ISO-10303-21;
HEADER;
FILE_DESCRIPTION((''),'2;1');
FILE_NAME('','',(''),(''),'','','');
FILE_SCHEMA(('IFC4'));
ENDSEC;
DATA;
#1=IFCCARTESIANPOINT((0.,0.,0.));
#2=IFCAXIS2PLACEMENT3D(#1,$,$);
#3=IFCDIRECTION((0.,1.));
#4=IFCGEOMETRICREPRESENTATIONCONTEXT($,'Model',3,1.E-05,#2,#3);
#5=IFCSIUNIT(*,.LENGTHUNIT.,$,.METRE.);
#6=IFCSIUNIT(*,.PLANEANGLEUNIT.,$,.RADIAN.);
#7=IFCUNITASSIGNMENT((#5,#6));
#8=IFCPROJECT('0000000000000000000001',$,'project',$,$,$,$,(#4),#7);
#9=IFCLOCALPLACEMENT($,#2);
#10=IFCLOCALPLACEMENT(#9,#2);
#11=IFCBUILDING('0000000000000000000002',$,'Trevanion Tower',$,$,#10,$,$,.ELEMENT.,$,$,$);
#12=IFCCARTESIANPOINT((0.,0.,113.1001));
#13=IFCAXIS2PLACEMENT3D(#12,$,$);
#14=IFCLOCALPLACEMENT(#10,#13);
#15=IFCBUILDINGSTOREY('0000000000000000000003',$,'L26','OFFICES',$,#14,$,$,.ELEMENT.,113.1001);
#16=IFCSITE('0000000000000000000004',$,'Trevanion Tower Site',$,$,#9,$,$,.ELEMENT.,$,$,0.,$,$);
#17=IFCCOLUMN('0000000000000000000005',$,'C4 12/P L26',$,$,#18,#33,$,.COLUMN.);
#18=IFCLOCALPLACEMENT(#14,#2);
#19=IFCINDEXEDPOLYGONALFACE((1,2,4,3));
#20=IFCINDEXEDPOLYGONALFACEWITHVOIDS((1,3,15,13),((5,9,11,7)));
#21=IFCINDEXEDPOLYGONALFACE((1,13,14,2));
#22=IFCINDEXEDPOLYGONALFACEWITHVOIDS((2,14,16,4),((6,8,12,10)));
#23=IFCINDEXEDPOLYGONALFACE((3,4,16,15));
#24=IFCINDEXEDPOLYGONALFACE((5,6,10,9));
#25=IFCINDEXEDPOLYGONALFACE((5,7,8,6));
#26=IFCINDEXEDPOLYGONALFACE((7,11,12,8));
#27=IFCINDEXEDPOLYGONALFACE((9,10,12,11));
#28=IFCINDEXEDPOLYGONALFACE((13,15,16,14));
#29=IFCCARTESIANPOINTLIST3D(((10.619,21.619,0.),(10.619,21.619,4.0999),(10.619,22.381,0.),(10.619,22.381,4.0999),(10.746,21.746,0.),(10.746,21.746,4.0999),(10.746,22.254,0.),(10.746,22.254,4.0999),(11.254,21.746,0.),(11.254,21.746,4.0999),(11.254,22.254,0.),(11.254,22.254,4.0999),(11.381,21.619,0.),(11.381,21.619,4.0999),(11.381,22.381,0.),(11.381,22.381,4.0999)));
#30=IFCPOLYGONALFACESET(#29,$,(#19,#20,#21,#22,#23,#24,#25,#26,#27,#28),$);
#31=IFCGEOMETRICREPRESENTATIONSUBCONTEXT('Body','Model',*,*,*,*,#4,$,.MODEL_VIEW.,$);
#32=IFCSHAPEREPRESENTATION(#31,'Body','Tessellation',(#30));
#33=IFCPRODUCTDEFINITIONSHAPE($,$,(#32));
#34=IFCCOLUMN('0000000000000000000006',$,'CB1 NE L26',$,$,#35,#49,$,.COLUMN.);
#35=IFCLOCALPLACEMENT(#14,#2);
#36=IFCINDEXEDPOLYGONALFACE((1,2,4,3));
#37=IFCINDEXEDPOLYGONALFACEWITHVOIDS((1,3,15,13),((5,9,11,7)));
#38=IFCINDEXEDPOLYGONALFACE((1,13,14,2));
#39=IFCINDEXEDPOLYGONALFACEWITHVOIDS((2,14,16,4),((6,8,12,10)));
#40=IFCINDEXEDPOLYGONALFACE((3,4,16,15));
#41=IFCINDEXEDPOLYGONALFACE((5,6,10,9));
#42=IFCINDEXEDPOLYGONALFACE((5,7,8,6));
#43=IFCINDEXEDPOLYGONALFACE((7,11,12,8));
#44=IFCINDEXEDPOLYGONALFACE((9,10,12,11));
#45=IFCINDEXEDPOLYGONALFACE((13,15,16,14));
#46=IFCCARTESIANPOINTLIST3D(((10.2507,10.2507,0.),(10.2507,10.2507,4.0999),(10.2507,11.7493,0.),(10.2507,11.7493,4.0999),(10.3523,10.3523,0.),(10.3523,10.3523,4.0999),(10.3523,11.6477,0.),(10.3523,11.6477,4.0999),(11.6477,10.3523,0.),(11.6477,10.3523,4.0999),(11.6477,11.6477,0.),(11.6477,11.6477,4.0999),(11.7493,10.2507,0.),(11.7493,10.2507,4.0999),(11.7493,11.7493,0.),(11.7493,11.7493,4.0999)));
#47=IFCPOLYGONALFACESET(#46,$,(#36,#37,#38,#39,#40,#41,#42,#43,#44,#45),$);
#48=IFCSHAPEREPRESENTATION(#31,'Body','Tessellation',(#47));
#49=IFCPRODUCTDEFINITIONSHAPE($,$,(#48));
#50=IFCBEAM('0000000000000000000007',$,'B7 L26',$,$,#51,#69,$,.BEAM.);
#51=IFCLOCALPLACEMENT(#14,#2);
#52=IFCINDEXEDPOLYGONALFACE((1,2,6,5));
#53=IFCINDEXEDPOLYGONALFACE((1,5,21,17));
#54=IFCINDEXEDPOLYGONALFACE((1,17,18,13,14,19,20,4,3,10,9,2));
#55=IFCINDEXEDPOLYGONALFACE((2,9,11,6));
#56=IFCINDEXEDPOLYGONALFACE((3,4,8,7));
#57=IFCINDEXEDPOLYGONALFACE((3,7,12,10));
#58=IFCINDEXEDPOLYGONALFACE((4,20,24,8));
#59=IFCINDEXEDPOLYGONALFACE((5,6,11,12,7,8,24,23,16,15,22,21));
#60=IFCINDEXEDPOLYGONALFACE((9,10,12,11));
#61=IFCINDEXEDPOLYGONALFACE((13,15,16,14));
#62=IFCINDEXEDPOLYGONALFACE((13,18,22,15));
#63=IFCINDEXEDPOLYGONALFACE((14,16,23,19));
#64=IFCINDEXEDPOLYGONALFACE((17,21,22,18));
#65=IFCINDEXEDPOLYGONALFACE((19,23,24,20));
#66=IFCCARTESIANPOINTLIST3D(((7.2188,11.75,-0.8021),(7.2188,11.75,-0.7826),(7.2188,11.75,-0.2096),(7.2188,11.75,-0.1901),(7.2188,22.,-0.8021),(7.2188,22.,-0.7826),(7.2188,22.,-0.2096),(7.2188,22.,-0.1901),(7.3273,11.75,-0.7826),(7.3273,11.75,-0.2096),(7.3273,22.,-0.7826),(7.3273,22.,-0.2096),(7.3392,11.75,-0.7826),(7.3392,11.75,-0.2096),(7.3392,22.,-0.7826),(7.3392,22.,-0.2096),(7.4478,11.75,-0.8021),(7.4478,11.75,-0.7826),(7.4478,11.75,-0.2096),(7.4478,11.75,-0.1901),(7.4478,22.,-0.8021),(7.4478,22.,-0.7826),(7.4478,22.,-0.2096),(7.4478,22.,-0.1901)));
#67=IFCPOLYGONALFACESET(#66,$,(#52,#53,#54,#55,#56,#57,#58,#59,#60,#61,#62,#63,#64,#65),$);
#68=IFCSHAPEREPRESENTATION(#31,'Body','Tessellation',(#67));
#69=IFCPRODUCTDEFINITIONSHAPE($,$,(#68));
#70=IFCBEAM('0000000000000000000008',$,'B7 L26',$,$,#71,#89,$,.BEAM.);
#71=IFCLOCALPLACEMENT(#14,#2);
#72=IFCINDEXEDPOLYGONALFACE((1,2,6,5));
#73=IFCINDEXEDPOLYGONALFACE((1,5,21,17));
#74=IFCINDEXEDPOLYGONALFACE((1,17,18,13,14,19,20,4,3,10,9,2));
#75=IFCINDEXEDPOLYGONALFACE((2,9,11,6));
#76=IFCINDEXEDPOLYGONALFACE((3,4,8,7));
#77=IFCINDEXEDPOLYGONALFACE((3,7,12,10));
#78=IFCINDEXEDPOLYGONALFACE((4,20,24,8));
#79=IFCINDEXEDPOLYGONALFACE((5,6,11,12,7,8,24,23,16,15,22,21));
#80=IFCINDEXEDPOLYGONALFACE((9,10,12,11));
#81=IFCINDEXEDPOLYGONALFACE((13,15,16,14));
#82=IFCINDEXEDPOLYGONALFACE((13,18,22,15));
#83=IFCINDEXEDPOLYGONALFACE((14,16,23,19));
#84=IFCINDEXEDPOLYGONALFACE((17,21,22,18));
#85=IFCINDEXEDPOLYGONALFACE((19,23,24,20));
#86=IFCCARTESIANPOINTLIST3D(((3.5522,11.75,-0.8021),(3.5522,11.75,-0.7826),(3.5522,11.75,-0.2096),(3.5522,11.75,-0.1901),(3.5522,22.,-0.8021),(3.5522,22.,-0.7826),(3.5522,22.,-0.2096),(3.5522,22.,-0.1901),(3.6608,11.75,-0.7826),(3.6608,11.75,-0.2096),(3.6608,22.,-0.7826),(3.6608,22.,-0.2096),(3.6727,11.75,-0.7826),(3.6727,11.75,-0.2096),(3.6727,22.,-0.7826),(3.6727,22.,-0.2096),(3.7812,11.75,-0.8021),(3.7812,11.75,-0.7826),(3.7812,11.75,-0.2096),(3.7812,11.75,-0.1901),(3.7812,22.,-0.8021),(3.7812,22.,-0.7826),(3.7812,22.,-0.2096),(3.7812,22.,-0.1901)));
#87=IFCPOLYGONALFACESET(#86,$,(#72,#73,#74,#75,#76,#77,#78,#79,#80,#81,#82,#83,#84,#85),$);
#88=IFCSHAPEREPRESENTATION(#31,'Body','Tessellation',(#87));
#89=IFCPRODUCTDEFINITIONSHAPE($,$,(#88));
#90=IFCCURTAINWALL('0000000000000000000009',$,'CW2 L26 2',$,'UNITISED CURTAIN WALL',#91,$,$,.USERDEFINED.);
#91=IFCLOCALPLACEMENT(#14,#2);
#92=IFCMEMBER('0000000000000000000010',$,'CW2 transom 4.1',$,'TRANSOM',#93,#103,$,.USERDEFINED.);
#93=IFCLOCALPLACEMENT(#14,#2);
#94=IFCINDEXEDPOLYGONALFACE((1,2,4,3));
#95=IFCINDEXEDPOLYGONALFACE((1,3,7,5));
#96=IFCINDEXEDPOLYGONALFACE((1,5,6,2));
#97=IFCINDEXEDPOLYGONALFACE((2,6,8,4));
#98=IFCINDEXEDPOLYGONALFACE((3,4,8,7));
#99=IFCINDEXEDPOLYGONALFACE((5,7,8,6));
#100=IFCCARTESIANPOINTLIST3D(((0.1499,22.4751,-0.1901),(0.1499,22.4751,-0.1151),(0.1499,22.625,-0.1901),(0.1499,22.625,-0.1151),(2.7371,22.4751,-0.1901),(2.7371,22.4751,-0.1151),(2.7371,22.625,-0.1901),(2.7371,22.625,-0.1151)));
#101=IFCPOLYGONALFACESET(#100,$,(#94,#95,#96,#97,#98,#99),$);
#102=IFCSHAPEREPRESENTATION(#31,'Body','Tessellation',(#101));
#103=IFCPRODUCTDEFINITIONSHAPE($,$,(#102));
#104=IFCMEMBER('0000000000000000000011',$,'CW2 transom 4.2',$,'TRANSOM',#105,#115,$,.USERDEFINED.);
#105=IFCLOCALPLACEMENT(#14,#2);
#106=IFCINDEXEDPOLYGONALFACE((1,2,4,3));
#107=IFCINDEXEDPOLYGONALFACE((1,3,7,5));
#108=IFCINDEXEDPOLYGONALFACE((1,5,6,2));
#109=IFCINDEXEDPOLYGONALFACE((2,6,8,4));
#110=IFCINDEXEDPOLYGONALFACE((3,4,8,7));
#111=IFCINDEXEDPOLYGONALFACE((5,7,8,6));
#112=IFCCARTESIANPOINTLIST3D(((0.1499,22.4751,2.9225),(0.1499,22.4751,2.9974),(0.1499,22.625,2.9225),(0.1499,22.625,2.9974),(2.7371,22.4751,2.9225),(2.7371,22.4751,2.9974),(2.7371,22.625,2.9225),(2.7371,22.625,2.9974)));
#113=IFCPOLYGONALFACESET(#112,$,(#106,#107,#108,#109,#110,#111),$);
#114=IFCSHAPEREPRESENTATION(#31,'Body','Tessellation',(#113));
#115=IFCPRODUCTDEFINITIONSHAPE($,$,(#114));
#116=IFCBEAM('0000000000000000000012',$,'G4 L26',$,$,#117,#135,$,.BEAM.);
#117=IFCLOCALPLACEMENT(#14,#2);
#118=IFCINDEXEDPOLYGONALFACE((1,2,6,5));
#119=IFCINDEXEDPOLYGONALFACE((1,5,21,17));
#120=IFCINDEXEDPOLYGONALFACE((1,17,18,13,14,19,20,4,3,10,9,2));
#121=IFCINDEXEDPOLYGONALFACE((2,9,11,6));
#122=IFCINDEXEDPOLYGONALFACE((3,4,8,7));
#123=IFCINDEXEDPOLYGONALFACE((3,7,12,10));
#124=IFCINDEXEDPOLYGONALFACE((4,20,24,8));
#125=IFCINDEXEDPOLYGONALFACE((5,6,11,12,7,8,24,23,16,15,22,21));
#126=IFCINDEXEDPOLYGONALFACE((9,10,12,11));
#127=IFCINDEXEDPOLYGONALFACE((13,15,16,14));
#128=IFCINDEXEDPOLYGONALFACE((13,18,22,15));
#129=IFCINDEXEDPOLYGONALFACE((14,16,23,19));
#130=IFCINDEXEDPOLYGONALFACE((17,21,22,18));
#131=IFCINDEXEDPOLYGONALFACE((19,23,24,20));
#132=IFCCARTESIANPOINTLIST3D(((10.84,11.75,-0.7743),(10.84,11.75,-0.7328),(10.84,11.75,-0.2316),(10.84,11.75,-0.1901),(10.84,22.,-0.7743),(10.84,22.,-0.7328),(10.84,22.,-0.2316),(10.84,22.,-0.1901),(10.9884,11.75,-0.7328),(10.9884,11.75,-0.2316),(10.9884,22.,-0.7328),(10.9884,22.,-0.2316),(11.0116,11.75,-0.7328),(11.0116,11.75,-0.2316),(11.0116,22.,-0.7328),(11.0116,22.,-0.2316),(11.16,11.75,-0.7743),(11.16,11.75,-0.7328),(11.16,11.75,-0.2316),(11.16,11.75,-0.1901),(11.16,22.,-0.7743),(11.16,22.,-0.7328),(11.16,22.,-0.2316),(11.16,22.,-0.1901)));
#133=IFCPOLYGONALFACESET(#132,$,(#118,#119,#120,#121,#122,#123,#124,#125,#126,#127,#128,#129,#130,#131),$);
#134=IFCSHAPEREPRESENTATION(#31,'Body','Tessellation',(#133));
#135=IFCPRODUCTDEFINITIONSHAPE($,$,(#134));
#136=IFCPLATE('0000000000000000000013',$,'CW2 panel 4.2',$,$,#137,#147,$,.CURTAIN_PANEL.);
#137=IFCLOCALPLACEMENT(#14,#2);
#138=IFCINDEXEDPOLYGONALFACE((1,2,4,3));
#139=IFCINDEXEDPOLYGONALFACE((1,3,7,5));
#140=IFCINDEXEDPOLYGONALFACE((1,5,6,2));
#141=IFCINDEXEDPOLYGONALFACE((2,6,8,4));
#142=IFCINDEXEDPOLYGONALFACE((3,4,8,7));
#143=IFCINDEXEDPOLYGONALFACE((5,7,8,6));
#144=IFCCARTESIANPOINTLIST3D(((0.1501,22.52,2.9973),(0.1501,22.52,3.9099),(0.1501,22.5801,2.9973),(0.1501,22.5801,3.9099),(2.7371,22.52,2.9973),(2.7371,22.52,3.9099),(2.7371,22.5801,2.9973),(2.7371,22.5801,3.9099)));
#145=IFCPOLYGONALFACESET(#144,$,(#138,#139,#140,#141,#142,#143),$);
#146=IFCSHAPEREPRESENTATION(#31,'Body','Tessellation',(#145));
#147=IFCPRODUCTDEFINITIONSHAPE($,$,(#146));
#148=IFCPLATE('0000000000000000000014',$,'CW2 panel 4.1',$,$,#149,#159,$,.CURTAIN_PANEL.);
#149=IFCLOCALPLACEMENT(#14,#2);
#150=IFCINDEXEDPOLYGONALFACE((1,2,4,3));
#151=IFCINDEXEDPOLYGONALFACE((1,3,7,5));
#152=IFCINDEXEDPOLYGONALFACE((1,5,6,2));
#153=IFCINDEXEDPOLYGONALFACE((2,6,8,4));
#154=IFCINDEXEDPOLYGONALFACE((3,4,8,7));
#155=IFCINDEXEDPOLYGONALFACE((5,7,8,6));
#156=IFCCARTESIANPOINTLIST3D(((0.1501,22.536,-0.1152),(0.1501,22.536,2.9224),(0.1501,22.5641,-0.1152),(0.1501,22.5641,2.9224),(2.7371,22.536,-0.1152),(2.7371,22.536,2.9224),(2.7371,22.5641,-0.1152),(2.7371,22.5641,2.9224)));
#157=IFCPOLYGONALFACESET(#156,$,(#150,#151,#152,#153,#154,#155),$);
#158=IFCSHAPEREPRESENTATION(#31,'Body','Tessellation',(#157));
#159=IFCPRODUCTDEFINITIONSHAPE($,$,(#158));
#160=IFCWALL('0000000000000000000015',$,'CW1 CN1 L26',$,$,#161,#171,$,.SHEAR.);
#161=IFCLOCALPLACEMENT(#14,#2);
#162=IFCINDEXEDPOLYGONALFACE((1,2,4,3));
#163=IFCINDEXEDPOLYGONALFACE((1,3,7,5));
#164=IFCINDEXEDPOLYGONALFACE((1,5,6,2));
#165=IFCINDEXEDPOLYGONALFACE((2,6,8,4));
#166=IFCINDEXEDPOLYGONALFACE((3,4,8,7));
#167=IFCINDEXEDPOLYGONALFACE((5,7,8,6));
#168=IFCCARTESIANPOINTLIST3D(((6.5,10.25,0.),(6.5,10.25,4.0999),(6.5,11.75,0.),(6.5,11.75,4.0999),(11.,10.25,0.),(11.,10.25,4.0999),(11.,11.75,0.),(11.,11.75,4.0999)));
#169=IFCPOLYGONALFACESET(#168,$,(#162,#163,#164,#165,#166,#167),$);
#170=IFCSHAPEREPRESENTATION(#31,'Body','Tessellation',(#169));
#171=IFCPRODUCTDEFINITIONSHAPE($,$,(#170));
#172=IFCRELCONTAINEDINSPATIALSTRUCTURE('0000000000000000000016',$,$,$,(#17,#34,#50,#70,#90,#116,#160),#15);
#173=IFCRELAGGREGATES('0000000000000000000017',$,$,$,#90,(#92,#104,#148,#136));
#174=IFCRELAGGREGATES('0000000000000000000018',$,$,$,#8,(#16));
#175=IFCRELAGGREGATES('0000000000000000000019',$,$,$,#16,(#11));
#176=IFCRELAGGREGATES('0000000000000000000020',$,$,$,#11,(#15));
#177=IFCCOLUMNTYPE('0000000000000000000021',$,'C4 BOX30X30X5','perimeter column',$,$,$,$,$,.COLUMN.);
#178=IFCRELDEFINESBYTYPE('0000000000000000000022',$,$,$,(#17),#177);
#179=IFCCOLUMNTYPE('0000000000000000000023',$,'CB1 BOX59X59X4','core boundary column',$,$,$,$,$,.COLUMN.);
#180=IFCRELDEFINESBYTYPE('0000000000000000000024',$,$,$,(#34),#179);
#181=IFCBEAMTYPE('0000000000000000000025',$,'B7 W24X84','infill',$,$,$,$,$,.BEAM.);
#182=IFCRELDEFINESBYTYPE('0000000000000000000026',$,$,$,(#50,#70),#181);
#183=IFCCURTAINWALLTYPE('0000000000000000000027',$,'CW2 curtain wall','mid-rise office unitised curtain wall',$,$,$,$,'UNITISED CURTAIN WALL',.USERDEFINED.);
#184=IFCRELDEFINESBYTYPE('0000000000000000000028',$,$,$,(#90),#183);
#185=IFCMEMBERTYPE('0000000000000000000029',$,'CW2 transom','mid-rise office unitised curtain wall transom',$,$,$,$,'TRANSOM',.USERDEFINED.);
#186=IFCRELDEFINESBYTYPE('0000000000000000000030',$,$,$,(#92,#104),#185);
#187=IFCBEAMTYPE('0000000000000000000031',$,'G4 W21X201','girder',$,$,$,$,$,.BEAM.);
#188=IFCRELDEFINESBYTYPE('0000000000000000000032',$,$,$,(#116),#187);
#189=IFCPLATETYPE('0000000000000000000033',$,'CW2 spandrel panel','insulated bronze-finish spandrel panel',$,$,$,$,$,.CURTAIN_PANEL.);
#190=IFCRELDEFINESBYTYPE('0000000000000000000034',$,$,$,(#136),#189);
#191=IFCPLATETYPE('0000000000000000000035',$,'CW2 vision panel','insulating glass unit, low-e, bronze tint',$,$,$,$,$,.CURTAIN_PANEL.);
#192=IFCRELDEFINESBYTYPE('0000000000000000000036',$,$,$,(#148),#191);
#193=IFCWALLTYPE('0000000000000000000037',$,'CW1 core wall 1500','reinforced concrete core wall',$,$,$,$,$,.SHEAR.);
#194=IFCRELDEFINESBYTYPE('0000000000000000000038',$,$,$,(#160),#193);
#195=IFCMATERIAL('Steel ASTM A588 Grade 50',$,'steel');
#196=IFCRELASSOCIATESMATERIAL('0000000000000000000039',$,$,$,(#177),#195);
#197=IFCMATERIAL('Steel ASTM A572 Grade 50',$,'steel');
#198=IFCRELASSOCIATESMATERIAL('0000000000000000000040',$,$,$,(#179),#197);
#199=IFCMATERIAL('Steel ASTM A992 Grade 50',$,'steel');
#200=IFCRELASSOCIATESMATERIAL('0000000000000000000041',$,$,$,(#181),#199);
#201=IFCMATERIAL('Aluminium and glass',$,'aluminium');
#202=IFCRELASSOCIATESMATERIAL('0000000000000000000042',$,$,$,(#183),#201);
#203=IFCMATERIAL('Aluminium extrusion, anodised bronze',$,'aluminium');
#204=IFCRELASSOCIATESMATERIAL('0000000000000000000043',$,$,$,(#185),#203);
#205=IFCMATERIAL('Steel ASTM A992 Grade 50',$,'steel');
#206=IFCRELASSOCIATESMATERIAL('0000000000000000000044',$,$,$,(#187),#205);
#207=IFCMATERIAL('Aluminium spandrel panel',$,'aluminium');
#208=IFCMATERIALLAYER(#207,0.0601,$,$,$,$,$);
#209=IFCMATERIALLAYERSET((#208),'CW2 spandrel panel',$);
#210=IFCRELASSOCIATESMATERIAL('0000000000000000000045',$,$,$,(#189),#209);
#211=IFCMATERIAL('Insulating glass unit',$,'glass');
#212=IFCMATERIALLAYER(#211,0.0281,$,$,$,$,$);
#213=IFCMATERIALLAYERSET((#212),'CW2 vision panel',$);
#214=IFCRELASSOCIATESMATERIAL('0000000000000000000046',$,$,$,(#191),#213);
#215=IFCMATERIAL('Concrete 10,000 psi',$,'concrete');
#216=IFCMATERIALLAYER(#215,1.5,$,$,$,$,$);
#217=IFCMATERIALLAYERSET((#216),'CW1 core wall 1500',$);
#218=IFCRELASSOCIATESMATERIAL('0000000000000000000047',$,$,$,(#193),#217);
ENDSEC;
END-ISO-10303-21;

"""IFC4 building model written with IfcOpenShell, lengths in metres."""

from ifc_helpers import new_model, si_unit, direction, frame, frame_2d, origin, origin_2d, place, context, subcontext, project, spatial, rectangle, hollow_rectangle, i_section, extrude, material, layer, layer_set, material_profile, profile_set, type_object, element, aggregate, save


model = new_model("IFC4")

# Units and contexts
model_context = context("Model", 3, precision=1e-05, world=origin(), true_north=direction((0.0, 1.0)))
body_context = subcontext(model_context, "Body", "Model", "MODEL_VIEW")
ifc_project = project(units=[si_unit("LENGTHUNIT", "METRE"), si_unit("PLANEANGLEUNIT", "RADIAN")], contexts=[model_context])

# Site, building, storey
site_placement = place(None, origin())
site = spatial("IfcSite", under=ifc_project, at=site_placement, Name="Trevanion Tower Site", CompositionType="ELEMENT", RefElevation=0.0)
building_placement = place(site_placement, origin())
building = spatial("IfcBuilding", under=site, at=building_placement, Name="Trevanion Tower", CompositionType="ELEMENT")
storey_placement = place(building_placement, frame((0.0, 0.0, 113.1001)))
storey = spatial("IfcBuildingStorey", under=building, at=storey_placement, Name="L26", Description="OFFICES", CompositionType="ELEMENT", Elevation=113.1001)

# Columns
ifc_material_1 = material(Name="Steel ASTM A588 Grade 50", Category="steel")
ifc_material_profile_1 = material_profile(ifc_material_1, hollow_rectangle(XDim=0.762, YDim=0.762, WallThickness=0.127, at=origin_2d()), Name="BOX30X30X5")
ifc_profile_set_1 = profile_set([ifc_material_profile_1], Name="Steel ASTM A588 Grade 50")
column_type_1 = type_object("IfcColumnType", Name="C4 BOX30X30X5", Description="perimeter column", PredefinedType="COLUMN", material=ifc_profile_set_1)
column_1_placement = place(storey_placement, frame((11.0, 22.0, 0.0), z_axis=(0.0, 0.0, 1.0), x_axis=(1.0, 0.0, 0.0)))
element("IfcColumn", 1, at=column_1_placement, inside=storey, type_object=column_type_1, Name="C4 12/P L26", PredefinedType="COLUMN", context=body_context, shape_type="SweptSolid", body=[
    extrude(hollow_rectangle(XDim=0.762, YDim=0.762, WallThickness=0.127, at=origin_2d()), origin(), (0.0, 0.0, 1.0), 4.0999),
])
ifc_material_2 = material(Name="Steel ASTM A572 Grade 50", Category="steel")
ifc_material_profile_2 = material_profile(ifc_material_2, hollow_rectangle(XDim=1.4985, YDim=1.4985, WallThickness=0.1016, at=origin_2d()), Name="BOX59X59X4")
ifc_profile_set_2 = profile_set([ifc_material_profile_2], Name="Steel ASTM A572 Grade 50")
column_type_2 = type_object("IfcColumnType", Name="CB1 BOX59X59X4", Description="core boundary column", PredefinedType="COLUMN", material=ifc_profile_set_2)
column_2_placement = place(storey_placement, frame((11.0, 11.0, 0.0), z_axis=(0.0, 0.0, 1.0), x_axis=(1.0, 0.0, 0.0)))
element("IfcColumn", 2, at=column_2_placement, inside=storey, type_object=column_type_2, Name="CB1 NE L26", PredefinedType="COLUMN", context=body_context, shape_type="SweptSolid", body=[
    extrude(hollow_rectangle(XDim=1.4985, YDim=1.4985, WallThickness=0.1016, at=origin_2d()), origin(), (0.0, 0.0, 1.0), 4.0999),
])

# Beams
ifc_material_3 = material(Name="Steel ASTM A992 Grade 50", Category="steel")
ifc_material_profile_3 = material_profile(ifc_material_3, i_section(OverallWidth=0.229, OverallDepth=0.6121, WebThickness=0.012, FlangeThickness=0.0195, at=origin_2d()), Name="W24X84")
ifc_profile_set_3 = profile_set([ifc_material_profile_3], Name="Steel ASTM A992 Grade 50")
beam_type_1 = type_object("IfcBeamType", Name="B7 W24X84", Description="infill", PredefinedType="BEAM", material=ifc_profile_set_3)
for number, where, z_axis, x_axis, name in (
    (3, (7.3333, 11.75, -0.4961), (0.0, 1.0, 0.0), (-1.0, 0.0, 0.0), "B7 L26"),
    (4, (3.6667, 11.75, -0.4961), (0.0, 1.0, 0.0), (-1.0, 0.0, 0.0), "B7 L26"),
):
    element("IfcBeam", number, at=place(storey_placement, frame(where, z_axis=z_axis, x_axis=x_axis)), inside=storey, type_object=beam_type_1, Name=name, PredefinedType="BEAM", context=body_context, shape_type="SweptSolid", body=[
        extrude(i_section(OverallWidth=0.229, OverallDepth=0.6121, WebThickness=0.012, FlangeThickness=0.0195, at=origin_2d()), origin(), (0.0, 0.0, 1.0), 10.25),
    ])

# Curtain wall, members
ifc_material_4 = material(Name="Aluminium and glass", Category="aluminium")
curtain_wall_type = type_object("IfcCurtainWallType", Name="CW2 curtain wall", Description="mid-rise office unitised curtain wall", ElementType="UNITISED CURTAIN WALL", PredefinedType="USERDEFINED", material=ifc_material_4)
curtain_wall_placement = place(storey_placement, origin())
curtain_wall = element("IfcCurtainWall", 5, at=curtain_wall_placement, inside=storey, type_object=curtain_wall_type, Name="CW2 L26 2", ObjectType="UNITISED CURTAIN WALL", PredefinedType="USERDEFINED")
ifc_material_5 = material(Name="Aluminium extrusion, anodised bronze", Category="aluminium")
ifc_material_profile_4 = material_profile(ifc_material_5, rectangle(XDim=0.1499, YDim=0.075, at=origin_2d()), Name="CW2 transom")
ifc_profile_set_4 = profile_set([ifc_material_profile_4], Name="Aluminium extrusion, anodised bronze")
member_type = type_object("IfcMemberType", Name="CW2 transom", Description="mid-rise office unitised curtain wall transom", ElementType="TRANSOM", PredefinedType="USERDEFINED", material=ifc_profile_set_4)
member_1_placement = place(storey_placement, frame((2.7371, 22.55, -0.1526), z_axis=(-1.0, 0.0, 0.0), x_axis=(0.0, -1.0, 0.0)))
member_1 = element("IfcMember", 6, at=member_1_placement, type_object=member_type, Name="CW2 transom 4.1", ObjectType="TRANSOM", PredefinedType="USERDEFINED", context=body_context, shape_type="SweptSolid", body=[
    extrude(rectangle(XDim=0.1499, YDim=0.075, at=origin_2d()), origin(), (0.0, 0.0, 1.0), 2.5872),
])
member_2_placement = place(storey_placement, frame((2.7371, 22.55, 2.96), z_axis=(-1.0, 0.0, 0.0), x_axis=(0.0, -1.0, 0.0)))
member_2 = element("IfcMember", 7, at=member_2_placement, type_object=member_type, Name="CW2 transom 4.2", ObjectType="TRANSOM", PredefinedType="USERDEFINED", context=body_context, shape_type="SweptSolid", body=[
    extrude(rectangle(XDim=0.1499, YDim=0.075, at=origin_2d()), origin(), (0.0, 0.0, 1.0), 2.5872),
])

# Beam
ifc_material_6 = material(Name="Steel ASTM A992 Grade 50", Category="steel")
ifc_material_profile_5 = material_profile(ifc_material_6, i_section(OverallWidth=0.3201, OverallDepth=0.5842, WebThickness=0.0232, FlangeThickness=0.0415, at=origin_2d()), Name="W21X201")
ifc_profile_set_5 = profile_set([ifc_material_profile_5], Name="Steel ASTM A992 Grade 50")
beam_type_2 = type_object("IfcBeamType", Name="G4 W21X201", Description="girder", PredefinedType="BEAM", material=ifc_profile_set_5)
beam_placement = place(storey_placement, frame((11.0, 11.75, -0.4822), z_axis=(0.0, 1.0, 0.0), x_axis=(-1.0, 0.0, 0.0)))
element("IfcBeam", 8, at=beam_placement, inside=storey, type_object=beam_type_2, Name="G4 L26", PredefinedType="BEAM", context=body_context, shape_type="SweptSolid", body=[
    extrude(i_section(OverallWidth=0.3201, OverallDepth=0.5842, WebThickness=0.0232, FlangeThickness=0.0415, at=origin_2d()), origin(), (0.0, 0.0, 1.0), 10.25),
])

# Plates
ifc_material_7 = material(Name="Aluminium spandrel panel", Category="aluminium")
ifc_layer_1 = layer(ifc_material_7, 0.0601)
ifc_layer_set_1 = layer_set([ifc_layer_1], Name="CW2 spandrel panel")
plate_type_1 = type_object("IfcPlateType", Name="CW2 spandrel panel", Description="insulated bronze-finish spandrel panel", PredefinedType="CURTAIN_PANEL", material=ifc_layer_set_1)
plate_1_placement = place(storey_placement, frame((1.4436, 22.55, 2.9973), z_axis=(0.0, 0.0, 1.0), x_axis=(-1.0, 0.0, 0.0)))
plate_1 = element("IfcPlate", 9, at=plate_1_placement, type_object=plate_type_1, Name="CW2 panel 4.2", PredefinedType="CURTAIN_PANEL", context=body_context, shape_type="SweptSolid", body=[
    extrude(rectangle(XDim=2.5869, YDim=0.0601, at=origin_2d()), origin(), (0.0, 0.0, 1.0), 0.9126),
])
ifc_material_8 = material(Name="Insulating glass unit", Category="glass")
ifc_layer_2 = layer(ifc_material_8, 0.0281)
ifc_layer_set_2 = layer_set([ifc_layer_2], Name="CW2 vision panel")
plate_type_2 = type_object("IfcPlateType", Name="CW2 vision panel", Description="insulating glass unit, low-e, bronze tint", PredefinedType="CURTAIN_PANEL", material=ifc_layer_set_2)
plate_2_placement = place(storey_placement, frame((1.4436, 22.55, -0.1152), z_axis=(0.0, 0.0, 1.0), x_axis=(-1.0, 0.0, 0.0)))
plate_2 = element("IfcPlate", 10, at=plate_2_placement, type_object=plate_type_2, Name="CW2 panel 4.1", PredefinedType="CURTAIN_PANEL", context=body_context, shape_type="SweptSolid", body=[
    extrude(rectangle(XDim=2.5869, YDim=0.0281, at=origin_2d()), origin(), (0.0, 0.0, 1.0), 3.0376),
])
aggregate(curtain_wall, [member_1, member_2, plate_2, plate_1])

# Wall
ifc_material_9 = material(Name="Concrete 10,000 psi", Category="concrete")
ifc_layer_3 = layer(ifc_material_9, 1.5)
ifc_layer_set_3 = layer_set([ifc_layer_3], Name="CW1 core wall 1500")
wall_type_1 = type_object("IfcWallType", Name="CW1 core wall 1500", Description="reinforced concrete core wall", PredefinedType="SHEAR", material=ifc_layer_set_3)
wall_1_placement = place(storey_placement, frame((11.0, 11.0, 0.0), z_axis=(0.0, 0.0, 1.0), x_axis=(-1.0, 0.0, 0.0)))
element("IfcWall", 11, at=wall_1_placement, inside=storey, type_object=wall_type_1, Name="CW1 CN1 L26", PredefinedType="SHEAR", context=body_context, shape_type="SweptSolid", body=[
    extrude(rectangle(XDim=4.5, YDim=1.5, at=frame_2d((2.25, 0.0))), origin(), (0.0, 0.0, 1.0), 4.0999),
])

save(model, "model.ifc")
